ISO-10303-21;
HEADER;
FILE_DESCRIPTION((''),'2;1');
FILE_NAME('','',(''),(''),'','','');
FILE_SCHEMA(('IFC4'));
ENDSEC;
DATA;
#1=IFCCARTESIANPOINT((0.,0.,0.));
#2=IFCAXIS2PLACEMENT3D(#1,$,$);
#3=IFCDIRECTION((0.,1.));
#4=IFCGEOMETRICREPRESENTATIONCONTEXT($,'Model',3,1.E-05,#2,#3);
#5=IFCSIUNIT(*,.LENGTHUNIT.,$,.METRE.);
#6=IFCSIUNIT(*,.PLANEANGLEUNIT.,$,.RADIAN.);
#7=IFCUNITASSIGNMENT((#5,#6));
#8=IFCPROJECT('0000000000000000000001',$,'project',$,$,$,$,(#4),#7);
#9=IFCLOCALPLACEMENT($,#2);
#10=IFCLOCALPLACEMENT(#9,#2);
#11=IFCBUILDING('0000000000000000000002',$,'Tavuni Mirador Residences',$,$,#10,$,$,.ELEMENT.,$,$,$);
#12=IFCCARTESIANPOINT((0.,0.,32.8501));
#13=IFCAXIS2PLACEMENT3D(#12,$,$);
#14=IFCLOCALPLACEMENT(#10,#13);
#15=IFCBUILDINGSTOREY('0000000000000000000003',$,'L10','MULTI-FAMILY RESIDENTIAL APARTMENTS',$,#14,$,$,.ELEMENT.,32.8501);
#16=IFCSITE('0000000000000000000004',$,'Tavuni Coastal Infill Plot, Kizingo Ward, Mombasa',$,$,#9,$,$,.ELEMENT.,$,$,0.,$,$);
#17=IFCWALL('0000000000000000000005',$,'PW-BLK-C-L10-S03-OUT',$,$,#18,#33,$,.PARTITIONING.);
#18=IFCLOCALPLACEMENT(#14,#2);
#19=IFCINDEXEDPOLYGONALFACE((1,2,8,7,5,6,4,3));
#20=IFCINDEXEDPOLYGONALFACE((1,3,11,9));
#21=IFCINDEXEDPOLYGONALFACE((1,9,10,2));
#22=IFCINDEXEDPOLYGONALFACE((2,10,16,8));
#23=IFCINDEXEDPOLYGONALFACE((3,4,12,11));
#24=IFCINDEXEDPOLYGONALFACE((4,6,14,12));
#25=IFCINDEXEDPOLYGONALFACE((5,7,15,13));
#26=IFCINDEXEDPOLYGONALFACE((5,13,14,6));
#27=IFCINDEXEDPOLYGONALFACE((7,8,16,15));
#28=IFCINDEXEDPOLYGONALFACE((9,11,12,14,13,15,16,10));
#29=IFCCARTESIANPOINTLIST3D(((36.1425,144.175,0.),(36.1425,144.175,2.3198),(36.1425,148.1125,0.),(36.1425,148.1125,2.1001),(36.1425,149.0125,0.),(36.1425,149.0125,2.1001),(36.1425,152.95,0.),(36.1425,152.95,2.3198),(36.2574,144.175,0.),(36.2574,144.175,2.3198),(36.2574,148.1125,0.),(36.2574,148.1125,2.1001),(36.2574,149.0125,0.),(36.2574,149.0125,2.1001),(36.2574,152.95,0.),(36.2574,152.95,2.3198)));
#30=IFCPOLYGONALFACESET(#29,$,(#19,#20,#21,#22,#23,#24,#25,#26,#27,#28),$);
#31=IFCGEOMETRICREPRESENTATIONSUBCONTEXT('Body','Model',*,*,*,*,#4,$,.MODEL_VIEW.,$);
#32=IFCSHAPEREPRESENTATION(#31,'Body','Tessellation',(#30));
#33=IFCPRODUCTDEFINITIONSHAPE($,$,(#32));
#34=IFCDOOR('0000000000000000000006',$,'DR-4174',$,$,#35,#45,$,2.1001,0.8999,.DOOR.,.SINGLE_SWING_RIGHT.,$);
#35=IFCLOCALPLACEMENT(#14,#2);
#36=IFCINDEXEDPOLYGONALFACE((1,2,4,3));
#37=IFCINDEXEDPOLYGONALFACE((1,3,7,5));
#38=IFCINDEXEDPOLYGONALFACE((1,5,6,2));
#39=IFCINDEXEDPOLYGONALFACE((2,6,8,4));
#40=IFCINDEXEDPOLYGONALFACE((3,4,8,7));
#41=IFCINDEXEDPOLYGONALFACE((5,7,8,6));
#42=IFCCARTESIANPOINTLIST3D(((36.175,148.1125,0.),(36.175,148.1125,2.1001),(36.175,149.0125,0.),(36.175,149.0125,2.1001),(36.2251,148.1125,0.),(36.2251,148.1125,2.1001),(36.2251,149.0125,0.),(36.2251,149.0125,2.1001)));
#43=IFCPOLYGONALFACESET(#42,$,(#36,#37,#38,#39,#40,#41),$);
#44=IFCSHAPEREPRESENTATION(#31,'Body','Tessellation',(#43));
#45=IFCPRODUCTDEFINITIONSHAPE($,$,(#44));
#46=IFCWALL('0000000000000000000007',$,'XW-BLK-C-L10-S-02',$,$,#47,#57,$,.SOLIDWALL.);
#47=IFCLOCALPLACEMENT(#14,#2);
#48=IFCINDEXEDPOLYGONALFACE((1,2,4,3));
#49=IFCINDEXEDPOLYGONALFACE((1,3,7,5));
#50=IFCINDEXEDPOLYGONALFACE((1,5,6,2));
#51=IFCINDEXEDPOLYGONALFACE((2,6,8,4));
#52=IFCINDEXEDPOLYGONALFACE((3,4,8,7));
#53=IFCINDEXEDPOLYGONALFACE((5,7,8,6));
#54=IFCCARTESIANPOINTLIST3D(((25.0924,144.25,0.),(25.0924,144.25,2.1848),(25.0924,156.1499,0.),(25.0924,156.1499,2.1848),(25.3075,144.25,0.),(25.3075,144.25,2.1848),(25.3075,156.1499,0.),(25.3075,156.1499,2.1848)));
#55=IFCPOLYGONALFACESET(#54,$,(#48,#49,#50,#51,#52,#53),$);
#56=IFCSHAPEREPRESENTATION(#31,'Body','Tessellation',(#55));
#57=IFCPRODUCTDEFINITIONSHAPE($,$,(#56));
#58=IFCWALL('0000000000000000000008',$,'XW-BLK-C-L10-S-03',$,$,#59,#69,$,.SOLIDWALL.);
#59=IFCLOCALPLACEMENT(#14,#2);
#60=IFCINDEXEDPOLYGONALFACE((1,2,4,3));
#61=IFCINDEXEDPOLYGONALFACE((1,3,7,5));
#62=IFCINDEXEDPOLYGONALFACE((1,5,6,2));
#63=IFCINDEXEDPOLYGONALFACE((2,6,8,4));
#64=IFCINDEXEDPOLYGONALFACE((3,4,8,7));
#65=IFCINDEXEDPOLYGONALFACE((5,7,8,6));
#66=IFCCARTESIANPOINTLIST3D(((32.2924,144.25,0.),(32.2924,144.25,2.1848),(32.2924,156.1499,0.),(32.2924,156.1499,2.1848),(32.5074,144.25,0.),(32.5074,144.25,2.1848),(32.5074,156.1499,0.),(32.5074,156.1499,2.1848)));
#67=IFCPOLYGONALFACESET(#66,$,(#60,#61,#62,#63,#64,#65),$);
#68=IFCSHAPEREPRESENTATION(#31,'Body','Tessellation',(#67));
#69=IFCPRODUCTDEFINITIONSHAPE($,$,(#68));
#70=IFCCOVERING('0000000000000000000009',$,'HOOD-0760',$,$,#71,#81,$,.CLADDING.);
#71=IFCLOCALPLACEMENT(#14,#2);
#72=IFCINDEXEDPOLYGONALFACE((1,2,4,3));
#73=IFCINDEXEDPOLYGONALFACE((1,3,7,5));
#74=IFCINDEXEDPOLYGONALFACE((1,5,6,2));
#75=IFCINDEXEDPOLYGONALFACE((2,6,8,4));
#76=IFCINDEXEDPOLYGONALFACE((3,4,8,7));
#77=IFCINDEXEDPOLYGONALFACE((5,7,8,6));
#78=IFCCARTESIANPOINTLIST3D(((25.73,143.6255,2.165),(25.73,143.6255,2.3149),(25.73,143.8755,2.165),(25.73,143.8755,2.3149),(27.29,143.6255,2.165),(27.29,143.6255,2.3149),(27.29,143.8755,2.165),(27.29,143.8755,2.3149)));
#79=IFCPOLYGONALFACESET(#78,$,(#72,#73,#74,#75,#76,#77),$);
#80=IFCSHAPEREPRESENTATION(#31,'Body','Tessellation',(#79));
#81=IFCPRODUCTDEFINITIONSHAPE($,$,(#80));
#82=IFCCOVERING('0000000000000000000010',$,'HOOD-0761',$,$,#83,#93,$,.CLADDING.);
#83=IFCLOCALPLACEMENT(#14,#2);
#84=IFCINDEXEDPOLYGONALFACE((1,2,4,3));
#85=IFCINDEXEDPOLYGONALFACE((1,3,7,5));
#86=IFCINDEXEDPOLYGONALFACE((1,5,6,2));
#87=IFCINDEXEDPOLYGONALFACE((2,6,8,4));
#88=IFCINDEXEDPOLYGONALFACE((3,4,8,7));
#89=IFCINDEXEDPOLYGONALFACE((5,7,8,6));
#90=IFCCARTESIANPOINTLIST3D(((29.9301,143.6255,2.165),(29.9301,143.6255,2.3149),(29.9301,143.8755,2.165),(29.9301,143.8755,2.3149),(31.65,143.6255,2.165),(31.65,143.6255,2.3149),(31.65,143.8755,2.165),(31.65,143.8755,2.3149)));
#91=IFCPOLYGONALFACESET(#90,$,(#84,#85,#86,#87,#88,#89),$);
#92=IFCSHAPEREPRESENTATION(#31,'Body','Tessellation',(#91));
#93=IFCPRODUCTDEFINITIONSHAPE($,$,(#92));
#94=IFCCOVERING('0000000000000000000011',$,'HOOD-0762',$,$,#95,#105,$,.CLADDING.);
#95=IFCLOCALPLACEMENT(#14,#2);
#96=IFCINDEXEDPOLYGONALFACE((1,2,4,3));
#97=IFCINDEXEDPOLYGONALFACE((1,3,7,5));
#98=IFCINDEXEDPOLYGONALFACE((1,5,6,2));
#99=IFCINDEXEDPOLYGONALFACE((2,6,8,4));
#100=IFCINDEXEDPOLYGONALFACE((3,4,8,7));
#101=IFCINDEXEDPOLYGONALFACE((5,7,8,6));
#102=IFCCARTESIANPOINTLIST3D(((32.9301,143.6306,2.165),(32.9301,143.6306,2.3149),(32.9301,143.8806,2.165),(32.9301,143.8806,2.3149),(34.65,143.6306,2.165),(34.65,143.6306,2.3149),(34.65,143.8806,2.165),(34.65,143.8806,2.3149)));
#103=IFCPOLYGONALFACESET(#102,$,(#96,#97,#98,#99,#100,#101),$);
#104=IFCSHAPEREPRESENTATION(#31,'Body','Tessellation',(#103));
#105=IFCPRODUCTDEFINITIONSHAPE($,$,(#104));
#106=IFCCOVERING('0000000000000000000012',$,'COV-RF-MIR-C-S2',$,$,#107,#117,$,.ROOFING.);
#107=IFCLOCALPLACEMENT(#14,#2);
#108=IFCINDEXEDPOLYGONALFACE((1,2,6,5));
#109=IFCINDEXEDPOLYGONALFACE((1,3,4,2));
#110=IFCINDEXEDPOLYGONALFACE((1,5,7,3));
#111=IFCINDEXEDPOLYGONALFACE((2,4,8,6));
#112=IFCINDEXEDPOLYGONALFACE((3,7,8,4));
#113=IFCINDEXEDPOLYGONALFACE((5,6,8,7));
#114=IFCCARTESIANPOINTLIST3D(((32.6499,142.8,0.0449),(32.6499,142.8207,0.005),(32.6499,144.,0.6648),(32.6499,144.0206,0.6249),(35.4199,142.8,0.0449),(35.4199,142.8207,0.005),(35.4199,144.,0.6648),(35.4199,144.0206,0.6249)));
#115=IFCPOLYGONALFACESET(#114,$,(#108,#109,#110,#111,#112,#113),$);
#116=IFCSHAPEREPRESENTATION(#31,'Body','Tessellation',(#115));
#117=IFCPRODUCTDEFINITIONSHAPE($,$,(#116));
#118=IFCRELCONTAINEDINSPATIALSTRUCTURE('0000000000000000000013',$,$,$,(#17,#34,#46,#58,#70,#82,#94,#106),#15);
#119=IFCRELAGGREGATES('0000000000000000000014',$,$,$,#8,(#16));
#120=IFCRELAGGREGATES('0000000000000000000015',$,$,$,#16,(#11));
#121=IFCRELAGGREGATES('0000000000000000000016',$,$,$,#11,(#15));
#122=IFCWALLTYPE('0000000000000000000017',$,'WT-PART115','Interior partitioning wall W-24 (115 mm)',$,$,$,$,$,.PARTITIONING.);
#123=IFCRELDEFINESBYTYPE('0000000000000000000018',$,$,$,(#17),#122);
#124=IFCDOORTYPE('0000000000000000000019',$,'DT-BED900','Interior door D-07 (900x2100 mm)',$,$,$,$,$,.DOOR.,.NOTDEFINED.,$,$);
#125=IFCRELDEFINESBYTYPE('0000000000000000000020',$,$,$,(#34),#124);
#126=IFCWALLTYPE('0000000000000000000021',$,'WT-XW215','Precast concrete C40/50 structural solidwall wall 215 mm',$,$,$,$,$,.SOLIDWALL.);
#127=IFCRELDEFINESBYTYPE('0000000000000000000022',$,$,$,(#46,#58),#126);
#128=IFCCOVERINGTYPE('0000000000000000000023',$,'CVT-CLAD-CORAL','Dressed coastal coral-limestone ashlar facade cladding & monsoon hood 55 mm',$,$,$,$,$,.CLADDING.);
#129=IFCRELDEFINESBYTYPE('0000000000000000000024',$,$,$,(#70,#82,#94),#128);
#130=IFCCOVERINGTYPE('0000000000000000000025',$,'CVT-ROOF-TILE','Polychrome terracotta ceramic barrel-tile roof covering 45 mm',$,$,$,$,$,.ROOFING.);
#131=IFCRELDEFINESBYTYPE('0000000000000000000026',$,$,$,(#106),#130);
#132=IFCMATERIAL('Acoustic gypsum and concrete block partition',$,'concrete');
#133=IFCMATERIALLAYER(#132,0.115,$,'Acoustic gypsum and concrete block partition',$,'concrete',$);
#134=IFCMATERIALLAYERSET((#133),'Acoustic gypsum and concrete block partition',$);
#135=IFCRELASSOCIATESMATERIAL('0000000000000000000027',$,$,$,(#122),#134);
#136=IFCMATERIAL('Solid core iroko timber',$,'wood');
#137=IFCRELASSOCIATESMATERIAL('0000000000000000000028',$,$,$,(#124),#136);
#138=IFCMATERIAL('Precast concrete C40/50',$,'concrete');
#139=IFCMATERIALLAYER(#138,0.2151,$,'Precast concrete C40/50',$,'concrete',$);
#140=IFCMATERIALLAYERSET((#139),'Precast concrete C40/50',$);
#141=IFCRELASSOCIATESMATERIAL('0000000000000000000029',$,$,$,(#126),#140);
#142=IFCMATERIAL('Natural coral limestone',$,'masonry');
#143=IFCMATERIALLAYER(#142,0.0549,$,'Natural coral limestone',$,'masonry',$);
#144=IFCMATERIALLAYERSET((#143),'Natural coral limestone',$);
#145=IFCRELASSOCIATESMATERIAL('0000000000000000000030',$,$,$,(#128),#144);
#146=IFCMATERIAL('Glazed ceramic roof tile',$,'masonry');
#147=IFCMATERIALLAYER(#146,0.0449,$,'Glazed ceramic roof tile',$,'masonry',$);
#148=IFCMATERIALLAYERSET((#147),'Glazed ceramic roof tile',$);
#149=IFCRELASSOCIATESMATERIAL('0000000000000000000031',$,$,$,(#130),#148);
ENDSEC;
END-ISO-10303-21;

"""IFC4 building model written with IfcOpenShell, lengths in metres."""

from ifc_helpers import new_model, si_unit, direction, frame, frame_2d, origin, origin_2d, place, context, subcontext, project, spatial, polyline, rectangle, outline, extrude, material, layer, layer_set, type_object, element, fill, save


model = new_model("IFC4")

# Units and contexts
model_context = context("Model", 3, precision=1e-05, world=origin(), true_north=direction((0.0, 1.0)))
body_context = subcontext(model_context, "Body", "Model", "MODEL_VIEW")
ifc_project = project(units=[si_unit("LENGTHUNIT", "METRE"), si_unit("PLANEANGLEUNIT", "RADIAN")], contexts=[model_context])

# Site, building, storey
site_placement = place(None, origin())
site = spatial("IfcSite", under=ifc_project, at=site_placement, Name="Tavuni Coastal Infill Plot, Kizingo Ward, Mombasa", CompositionType="ELEMENT", RefElevation=0.0)
building_placement = place(site_placement, origin())
building = spatial("IfcBuilding", under=site, at=building_placement, Name="Tavuni Mirador Residences", CompositionType="ELEMENT")
storey_placement = place(building_placement, frame((0.0, 0.0, 32.8501)))
storey = spatial("IfcBuildingStorey", under=building, at=storey_placement, Name="L10", Description="MULTI-FAMILY RESIDENTIAL APARTMENTS", CompositionType="ELEMENT", Elevation=32.8501)

# Shared definitions
ifc_material_1 = material(Name="Precast concrete C40/50", Category="concrete")

# Wall, opening, door
ifc_material_2 = material(Name="Acoustic gypsum and concrete block partition", Category="concrete")
ifc_layer_1 = layer(ifc_material_2, 0.115, Name="Acoustic gypsum and concrete block partition", Category="concrete")
ifc_layer_set_1 = layer_set([ifc_layer_1], Name="Acoustic gypsum and concrete block partition")
wall_type_1 = type_object("IfcWallType", Name="WT-PART115", Description="Interior partitioning wall W-24 (115 mm)", PredefinedType="PARTITIONING", material=ifc_layer_set_1)
ifc_material_3 = material(Name="Solid core iroko timber", Category="wood")
wall_1_placement = place(storey_placement, frame((36.2, 144.175, 0.0), z_axis=(0.0, 0.0, 1.0), x_axis=(0.0, 1.0, 0.0)))
wall_1 = element("IfcWall", 1, at=wall_1_placement, inside=storey, type_object=wall_type_1, Name="PW-BLK-C-L10-S03-OUT", PredefinedType="PARTITIONING", context=body_context, shape_type="SweptSolid", body=[
    extrude(rectangle(XDim=8.7749, YDim=0.115, at=frame_2d((4.3875, 0.0))), origin(), (0.0, 0.0, 1.0), 2.3198),
])
opening_1_placement = place(wall_1_placement, frame((3.9375, 0.0, 0.0)))
opening_1 = element("IfcOpeningElement", 2, at=opening_1_placement, cuts=wall_1, PredefinedType="OPENING", context=body_context, shape_type="SweptSolid", body=[
    extrude(rectangle(XDim=0.8999, YDim=2.1001, at=frame_2d((0.45, 1.05))), frame((0.0, 0.0674, 0.0), z_axis=(0.0, -1.0, 0.0), x_axis=(1.0, 0.0, 0.0)), (0.0, 0.0, 1.0), 0.135),
])
door_type_1 = type_object("IfcDoorType", Name="DT-BED900", Description="Interior door D-07 (900x2100 mm)", OperationType="NOTDEFINED", PredefinedType="DOOR", material=ifc_material_3)
door_1_placement = place(opening_1_placement, origin())
door_1 = element("IfcDoor", 3, at=door_1_placement, inside=storey, type_object=door_type_1, Name="DR-4174", OperationType="SINGLE_SWING_RIGHT", OverallHeight=2.1001, OverallWidth=0.8999, PredefinedType="DOOR", context=body_context, shape_type="SweptSolid", body=[
    extrude(rectangle(XDim=0.8999, YDim=2.1001, at=frame_2d((0.45, 1.05))), frame((0.0, 0.0249, 0.0), z_axis=(0.0, -1.0, 0.0), x_axis=(1.0, 0.0, 0.0)), (0.0, 0.0, 1.0), 0.05),
])
fill(opening_1, door_1)

# Walls
ifc_layer_2 = layer(ifc_material_1, 0.2151, Name="Precast concrete C40/50", Category="concrete")
ifc_layer_set_2 = layer_set([ifc_layer_2], Name="Precast concrete C40/50")
wall_type_2 = type_object("IfcWallType", Name="WT-XW215", Description="Precast concrete C40/50 structural solidwall wall 215 mm", PredefinedType="SOLIDWALL", material=ifc_layer_set_2)
for number, where, z_axis, x_axis, name in (
    (4, (25.2, 144.25, 0.0), (0.0, 0.0, 1.0), (0.0, 1.0, 0.0), "XW-BLK-C-L10-S-02"),
    (5, (32.3999, 144.25, 0.0), (0.0, 0.0, 1.0), (0.0, 1.0, 0.0), "XW-BLK-C-L10-S-03"),
):
    element("IfcWall", number, at=place(storey_placement, frame(where, z_axis=z_axis, x_axis=x_axis)), inside=storey, type_object=wall_type_2, Name=name, PredefinedType="SOLIDWALL", context=body_context, shape_type="SweptSolid", body=[
        extrude(rectangle(XDim=11.8999, YDim=0.2151, at=frame_2d((5.95, 0.0))), origin(), (0.0, 0.0, 1.0), 2.1848),
    ])

# Coverings
ifc_material_4 = material(Name="Natural coral limestone", Category="masonry")
ifc_layer_3 = layer(ifc_material_4, 0.0549, Name="Natural coral limestone", Category="masonry")
ifc_layer_set_3 = layer_set([ifc_layer_3], Name="Natural coral limestone")
covering_type_1 = type_object("IfcCoveringType", Name="CVT-CLAD-CORAL", Description="Dressed coastal coral-limestone ashlar facade cladding & monsoon hood 55 mm", PredefinedType="CLADDING", material=ifc_layer_set_3)
covering_1_placement = place(storey_placement, frame((26.51, 143.7505, 2.165), z_axis=(0.0, 0.0, 1.0), x_axis=(1.0, 0.0, 0.0)))
element("IfcCovering", 6, at=covering_1_placement, inside=storey, type_object=covering_type_1, Name="HOOD-0760", PredefinedType="CLADDING", context=body_context, shape_type="SweptSolid", body=[
    extrude(rectangle(XDim=1.5601, YDim=0.25, at=origin_2d()), origin(), (0.0, 0.0, 1.0), 0.1499),
])
for number, where, z_axis, x_axis, name in (
    (7, (30.79, 143.7505, 2.165), (0.0, 0.0, 1.0), (1.0, 0.0, 0.0), "HOOD-0761"),
    (8, (33.79, 143.7556, 2.165), (0.0, 0.0, 1.0), (1.0, 0.0, 0.0), "HOOD-0762"),
):
    element("IfcCovering", number, at=place(storey_placement, frame(where, z_axis=z_axis, x_axis=x_axis)), inside=storey, type_object=covering_type_1, Name=name, PredefinedType="CLADDING", context=body_context, shape_type="SweptSolid", body=[
        extrude(rectangle(XDim=1.72, YDim=0.25, at=origin_2d()), origin(), (0.0, 0.0, 1.0), 0.1499),
    ])
ifc_material_5 = material(Name="Glazed ceramic roof tile", Category="masonry")
ifc_layer_4 = layer(ifc_material_5, 0.0449, Name="Glazed ceramic roof tile", Category="masonry")
ifc_layer_set_4 = layer_set([ifc_layer_4], Name="Glazed ceramic roof tile")
covering_type_2 = type_object("IfcCoveringType", Name="CVT-ROOF-TILE", Description="Polychrome terracotta ceramic barrel-tile roof covering 45 mm", PredefinedType="ROOFING", material=ifc_layer_set_4)
covering_2_placement = place(storey_placement, frame((32.6499, 144.0, 0.6648), z_axis=(0.0, -0.458961, 0.888457), x_axis=(1.0, 0.0, 0.0)))
element("IfcCovering", 9, at=covering_2_placement, inside=storey, type_object=covering_type_2, Name="COV-RF-MIR-C-S2", PredefinedType="ROOFING", context=body_context, shape_type="SweptSolid", body=[
    extrude(outline(polyline([(0.0, 0.0), (2.77, 0.0), (2.77, -1.3506), (0.0, -1.3506), (0.0, 0.0)])), origin(), (0.0, 0.0, -1.0), 0.0449),
])

save(model, "model.ifc")
